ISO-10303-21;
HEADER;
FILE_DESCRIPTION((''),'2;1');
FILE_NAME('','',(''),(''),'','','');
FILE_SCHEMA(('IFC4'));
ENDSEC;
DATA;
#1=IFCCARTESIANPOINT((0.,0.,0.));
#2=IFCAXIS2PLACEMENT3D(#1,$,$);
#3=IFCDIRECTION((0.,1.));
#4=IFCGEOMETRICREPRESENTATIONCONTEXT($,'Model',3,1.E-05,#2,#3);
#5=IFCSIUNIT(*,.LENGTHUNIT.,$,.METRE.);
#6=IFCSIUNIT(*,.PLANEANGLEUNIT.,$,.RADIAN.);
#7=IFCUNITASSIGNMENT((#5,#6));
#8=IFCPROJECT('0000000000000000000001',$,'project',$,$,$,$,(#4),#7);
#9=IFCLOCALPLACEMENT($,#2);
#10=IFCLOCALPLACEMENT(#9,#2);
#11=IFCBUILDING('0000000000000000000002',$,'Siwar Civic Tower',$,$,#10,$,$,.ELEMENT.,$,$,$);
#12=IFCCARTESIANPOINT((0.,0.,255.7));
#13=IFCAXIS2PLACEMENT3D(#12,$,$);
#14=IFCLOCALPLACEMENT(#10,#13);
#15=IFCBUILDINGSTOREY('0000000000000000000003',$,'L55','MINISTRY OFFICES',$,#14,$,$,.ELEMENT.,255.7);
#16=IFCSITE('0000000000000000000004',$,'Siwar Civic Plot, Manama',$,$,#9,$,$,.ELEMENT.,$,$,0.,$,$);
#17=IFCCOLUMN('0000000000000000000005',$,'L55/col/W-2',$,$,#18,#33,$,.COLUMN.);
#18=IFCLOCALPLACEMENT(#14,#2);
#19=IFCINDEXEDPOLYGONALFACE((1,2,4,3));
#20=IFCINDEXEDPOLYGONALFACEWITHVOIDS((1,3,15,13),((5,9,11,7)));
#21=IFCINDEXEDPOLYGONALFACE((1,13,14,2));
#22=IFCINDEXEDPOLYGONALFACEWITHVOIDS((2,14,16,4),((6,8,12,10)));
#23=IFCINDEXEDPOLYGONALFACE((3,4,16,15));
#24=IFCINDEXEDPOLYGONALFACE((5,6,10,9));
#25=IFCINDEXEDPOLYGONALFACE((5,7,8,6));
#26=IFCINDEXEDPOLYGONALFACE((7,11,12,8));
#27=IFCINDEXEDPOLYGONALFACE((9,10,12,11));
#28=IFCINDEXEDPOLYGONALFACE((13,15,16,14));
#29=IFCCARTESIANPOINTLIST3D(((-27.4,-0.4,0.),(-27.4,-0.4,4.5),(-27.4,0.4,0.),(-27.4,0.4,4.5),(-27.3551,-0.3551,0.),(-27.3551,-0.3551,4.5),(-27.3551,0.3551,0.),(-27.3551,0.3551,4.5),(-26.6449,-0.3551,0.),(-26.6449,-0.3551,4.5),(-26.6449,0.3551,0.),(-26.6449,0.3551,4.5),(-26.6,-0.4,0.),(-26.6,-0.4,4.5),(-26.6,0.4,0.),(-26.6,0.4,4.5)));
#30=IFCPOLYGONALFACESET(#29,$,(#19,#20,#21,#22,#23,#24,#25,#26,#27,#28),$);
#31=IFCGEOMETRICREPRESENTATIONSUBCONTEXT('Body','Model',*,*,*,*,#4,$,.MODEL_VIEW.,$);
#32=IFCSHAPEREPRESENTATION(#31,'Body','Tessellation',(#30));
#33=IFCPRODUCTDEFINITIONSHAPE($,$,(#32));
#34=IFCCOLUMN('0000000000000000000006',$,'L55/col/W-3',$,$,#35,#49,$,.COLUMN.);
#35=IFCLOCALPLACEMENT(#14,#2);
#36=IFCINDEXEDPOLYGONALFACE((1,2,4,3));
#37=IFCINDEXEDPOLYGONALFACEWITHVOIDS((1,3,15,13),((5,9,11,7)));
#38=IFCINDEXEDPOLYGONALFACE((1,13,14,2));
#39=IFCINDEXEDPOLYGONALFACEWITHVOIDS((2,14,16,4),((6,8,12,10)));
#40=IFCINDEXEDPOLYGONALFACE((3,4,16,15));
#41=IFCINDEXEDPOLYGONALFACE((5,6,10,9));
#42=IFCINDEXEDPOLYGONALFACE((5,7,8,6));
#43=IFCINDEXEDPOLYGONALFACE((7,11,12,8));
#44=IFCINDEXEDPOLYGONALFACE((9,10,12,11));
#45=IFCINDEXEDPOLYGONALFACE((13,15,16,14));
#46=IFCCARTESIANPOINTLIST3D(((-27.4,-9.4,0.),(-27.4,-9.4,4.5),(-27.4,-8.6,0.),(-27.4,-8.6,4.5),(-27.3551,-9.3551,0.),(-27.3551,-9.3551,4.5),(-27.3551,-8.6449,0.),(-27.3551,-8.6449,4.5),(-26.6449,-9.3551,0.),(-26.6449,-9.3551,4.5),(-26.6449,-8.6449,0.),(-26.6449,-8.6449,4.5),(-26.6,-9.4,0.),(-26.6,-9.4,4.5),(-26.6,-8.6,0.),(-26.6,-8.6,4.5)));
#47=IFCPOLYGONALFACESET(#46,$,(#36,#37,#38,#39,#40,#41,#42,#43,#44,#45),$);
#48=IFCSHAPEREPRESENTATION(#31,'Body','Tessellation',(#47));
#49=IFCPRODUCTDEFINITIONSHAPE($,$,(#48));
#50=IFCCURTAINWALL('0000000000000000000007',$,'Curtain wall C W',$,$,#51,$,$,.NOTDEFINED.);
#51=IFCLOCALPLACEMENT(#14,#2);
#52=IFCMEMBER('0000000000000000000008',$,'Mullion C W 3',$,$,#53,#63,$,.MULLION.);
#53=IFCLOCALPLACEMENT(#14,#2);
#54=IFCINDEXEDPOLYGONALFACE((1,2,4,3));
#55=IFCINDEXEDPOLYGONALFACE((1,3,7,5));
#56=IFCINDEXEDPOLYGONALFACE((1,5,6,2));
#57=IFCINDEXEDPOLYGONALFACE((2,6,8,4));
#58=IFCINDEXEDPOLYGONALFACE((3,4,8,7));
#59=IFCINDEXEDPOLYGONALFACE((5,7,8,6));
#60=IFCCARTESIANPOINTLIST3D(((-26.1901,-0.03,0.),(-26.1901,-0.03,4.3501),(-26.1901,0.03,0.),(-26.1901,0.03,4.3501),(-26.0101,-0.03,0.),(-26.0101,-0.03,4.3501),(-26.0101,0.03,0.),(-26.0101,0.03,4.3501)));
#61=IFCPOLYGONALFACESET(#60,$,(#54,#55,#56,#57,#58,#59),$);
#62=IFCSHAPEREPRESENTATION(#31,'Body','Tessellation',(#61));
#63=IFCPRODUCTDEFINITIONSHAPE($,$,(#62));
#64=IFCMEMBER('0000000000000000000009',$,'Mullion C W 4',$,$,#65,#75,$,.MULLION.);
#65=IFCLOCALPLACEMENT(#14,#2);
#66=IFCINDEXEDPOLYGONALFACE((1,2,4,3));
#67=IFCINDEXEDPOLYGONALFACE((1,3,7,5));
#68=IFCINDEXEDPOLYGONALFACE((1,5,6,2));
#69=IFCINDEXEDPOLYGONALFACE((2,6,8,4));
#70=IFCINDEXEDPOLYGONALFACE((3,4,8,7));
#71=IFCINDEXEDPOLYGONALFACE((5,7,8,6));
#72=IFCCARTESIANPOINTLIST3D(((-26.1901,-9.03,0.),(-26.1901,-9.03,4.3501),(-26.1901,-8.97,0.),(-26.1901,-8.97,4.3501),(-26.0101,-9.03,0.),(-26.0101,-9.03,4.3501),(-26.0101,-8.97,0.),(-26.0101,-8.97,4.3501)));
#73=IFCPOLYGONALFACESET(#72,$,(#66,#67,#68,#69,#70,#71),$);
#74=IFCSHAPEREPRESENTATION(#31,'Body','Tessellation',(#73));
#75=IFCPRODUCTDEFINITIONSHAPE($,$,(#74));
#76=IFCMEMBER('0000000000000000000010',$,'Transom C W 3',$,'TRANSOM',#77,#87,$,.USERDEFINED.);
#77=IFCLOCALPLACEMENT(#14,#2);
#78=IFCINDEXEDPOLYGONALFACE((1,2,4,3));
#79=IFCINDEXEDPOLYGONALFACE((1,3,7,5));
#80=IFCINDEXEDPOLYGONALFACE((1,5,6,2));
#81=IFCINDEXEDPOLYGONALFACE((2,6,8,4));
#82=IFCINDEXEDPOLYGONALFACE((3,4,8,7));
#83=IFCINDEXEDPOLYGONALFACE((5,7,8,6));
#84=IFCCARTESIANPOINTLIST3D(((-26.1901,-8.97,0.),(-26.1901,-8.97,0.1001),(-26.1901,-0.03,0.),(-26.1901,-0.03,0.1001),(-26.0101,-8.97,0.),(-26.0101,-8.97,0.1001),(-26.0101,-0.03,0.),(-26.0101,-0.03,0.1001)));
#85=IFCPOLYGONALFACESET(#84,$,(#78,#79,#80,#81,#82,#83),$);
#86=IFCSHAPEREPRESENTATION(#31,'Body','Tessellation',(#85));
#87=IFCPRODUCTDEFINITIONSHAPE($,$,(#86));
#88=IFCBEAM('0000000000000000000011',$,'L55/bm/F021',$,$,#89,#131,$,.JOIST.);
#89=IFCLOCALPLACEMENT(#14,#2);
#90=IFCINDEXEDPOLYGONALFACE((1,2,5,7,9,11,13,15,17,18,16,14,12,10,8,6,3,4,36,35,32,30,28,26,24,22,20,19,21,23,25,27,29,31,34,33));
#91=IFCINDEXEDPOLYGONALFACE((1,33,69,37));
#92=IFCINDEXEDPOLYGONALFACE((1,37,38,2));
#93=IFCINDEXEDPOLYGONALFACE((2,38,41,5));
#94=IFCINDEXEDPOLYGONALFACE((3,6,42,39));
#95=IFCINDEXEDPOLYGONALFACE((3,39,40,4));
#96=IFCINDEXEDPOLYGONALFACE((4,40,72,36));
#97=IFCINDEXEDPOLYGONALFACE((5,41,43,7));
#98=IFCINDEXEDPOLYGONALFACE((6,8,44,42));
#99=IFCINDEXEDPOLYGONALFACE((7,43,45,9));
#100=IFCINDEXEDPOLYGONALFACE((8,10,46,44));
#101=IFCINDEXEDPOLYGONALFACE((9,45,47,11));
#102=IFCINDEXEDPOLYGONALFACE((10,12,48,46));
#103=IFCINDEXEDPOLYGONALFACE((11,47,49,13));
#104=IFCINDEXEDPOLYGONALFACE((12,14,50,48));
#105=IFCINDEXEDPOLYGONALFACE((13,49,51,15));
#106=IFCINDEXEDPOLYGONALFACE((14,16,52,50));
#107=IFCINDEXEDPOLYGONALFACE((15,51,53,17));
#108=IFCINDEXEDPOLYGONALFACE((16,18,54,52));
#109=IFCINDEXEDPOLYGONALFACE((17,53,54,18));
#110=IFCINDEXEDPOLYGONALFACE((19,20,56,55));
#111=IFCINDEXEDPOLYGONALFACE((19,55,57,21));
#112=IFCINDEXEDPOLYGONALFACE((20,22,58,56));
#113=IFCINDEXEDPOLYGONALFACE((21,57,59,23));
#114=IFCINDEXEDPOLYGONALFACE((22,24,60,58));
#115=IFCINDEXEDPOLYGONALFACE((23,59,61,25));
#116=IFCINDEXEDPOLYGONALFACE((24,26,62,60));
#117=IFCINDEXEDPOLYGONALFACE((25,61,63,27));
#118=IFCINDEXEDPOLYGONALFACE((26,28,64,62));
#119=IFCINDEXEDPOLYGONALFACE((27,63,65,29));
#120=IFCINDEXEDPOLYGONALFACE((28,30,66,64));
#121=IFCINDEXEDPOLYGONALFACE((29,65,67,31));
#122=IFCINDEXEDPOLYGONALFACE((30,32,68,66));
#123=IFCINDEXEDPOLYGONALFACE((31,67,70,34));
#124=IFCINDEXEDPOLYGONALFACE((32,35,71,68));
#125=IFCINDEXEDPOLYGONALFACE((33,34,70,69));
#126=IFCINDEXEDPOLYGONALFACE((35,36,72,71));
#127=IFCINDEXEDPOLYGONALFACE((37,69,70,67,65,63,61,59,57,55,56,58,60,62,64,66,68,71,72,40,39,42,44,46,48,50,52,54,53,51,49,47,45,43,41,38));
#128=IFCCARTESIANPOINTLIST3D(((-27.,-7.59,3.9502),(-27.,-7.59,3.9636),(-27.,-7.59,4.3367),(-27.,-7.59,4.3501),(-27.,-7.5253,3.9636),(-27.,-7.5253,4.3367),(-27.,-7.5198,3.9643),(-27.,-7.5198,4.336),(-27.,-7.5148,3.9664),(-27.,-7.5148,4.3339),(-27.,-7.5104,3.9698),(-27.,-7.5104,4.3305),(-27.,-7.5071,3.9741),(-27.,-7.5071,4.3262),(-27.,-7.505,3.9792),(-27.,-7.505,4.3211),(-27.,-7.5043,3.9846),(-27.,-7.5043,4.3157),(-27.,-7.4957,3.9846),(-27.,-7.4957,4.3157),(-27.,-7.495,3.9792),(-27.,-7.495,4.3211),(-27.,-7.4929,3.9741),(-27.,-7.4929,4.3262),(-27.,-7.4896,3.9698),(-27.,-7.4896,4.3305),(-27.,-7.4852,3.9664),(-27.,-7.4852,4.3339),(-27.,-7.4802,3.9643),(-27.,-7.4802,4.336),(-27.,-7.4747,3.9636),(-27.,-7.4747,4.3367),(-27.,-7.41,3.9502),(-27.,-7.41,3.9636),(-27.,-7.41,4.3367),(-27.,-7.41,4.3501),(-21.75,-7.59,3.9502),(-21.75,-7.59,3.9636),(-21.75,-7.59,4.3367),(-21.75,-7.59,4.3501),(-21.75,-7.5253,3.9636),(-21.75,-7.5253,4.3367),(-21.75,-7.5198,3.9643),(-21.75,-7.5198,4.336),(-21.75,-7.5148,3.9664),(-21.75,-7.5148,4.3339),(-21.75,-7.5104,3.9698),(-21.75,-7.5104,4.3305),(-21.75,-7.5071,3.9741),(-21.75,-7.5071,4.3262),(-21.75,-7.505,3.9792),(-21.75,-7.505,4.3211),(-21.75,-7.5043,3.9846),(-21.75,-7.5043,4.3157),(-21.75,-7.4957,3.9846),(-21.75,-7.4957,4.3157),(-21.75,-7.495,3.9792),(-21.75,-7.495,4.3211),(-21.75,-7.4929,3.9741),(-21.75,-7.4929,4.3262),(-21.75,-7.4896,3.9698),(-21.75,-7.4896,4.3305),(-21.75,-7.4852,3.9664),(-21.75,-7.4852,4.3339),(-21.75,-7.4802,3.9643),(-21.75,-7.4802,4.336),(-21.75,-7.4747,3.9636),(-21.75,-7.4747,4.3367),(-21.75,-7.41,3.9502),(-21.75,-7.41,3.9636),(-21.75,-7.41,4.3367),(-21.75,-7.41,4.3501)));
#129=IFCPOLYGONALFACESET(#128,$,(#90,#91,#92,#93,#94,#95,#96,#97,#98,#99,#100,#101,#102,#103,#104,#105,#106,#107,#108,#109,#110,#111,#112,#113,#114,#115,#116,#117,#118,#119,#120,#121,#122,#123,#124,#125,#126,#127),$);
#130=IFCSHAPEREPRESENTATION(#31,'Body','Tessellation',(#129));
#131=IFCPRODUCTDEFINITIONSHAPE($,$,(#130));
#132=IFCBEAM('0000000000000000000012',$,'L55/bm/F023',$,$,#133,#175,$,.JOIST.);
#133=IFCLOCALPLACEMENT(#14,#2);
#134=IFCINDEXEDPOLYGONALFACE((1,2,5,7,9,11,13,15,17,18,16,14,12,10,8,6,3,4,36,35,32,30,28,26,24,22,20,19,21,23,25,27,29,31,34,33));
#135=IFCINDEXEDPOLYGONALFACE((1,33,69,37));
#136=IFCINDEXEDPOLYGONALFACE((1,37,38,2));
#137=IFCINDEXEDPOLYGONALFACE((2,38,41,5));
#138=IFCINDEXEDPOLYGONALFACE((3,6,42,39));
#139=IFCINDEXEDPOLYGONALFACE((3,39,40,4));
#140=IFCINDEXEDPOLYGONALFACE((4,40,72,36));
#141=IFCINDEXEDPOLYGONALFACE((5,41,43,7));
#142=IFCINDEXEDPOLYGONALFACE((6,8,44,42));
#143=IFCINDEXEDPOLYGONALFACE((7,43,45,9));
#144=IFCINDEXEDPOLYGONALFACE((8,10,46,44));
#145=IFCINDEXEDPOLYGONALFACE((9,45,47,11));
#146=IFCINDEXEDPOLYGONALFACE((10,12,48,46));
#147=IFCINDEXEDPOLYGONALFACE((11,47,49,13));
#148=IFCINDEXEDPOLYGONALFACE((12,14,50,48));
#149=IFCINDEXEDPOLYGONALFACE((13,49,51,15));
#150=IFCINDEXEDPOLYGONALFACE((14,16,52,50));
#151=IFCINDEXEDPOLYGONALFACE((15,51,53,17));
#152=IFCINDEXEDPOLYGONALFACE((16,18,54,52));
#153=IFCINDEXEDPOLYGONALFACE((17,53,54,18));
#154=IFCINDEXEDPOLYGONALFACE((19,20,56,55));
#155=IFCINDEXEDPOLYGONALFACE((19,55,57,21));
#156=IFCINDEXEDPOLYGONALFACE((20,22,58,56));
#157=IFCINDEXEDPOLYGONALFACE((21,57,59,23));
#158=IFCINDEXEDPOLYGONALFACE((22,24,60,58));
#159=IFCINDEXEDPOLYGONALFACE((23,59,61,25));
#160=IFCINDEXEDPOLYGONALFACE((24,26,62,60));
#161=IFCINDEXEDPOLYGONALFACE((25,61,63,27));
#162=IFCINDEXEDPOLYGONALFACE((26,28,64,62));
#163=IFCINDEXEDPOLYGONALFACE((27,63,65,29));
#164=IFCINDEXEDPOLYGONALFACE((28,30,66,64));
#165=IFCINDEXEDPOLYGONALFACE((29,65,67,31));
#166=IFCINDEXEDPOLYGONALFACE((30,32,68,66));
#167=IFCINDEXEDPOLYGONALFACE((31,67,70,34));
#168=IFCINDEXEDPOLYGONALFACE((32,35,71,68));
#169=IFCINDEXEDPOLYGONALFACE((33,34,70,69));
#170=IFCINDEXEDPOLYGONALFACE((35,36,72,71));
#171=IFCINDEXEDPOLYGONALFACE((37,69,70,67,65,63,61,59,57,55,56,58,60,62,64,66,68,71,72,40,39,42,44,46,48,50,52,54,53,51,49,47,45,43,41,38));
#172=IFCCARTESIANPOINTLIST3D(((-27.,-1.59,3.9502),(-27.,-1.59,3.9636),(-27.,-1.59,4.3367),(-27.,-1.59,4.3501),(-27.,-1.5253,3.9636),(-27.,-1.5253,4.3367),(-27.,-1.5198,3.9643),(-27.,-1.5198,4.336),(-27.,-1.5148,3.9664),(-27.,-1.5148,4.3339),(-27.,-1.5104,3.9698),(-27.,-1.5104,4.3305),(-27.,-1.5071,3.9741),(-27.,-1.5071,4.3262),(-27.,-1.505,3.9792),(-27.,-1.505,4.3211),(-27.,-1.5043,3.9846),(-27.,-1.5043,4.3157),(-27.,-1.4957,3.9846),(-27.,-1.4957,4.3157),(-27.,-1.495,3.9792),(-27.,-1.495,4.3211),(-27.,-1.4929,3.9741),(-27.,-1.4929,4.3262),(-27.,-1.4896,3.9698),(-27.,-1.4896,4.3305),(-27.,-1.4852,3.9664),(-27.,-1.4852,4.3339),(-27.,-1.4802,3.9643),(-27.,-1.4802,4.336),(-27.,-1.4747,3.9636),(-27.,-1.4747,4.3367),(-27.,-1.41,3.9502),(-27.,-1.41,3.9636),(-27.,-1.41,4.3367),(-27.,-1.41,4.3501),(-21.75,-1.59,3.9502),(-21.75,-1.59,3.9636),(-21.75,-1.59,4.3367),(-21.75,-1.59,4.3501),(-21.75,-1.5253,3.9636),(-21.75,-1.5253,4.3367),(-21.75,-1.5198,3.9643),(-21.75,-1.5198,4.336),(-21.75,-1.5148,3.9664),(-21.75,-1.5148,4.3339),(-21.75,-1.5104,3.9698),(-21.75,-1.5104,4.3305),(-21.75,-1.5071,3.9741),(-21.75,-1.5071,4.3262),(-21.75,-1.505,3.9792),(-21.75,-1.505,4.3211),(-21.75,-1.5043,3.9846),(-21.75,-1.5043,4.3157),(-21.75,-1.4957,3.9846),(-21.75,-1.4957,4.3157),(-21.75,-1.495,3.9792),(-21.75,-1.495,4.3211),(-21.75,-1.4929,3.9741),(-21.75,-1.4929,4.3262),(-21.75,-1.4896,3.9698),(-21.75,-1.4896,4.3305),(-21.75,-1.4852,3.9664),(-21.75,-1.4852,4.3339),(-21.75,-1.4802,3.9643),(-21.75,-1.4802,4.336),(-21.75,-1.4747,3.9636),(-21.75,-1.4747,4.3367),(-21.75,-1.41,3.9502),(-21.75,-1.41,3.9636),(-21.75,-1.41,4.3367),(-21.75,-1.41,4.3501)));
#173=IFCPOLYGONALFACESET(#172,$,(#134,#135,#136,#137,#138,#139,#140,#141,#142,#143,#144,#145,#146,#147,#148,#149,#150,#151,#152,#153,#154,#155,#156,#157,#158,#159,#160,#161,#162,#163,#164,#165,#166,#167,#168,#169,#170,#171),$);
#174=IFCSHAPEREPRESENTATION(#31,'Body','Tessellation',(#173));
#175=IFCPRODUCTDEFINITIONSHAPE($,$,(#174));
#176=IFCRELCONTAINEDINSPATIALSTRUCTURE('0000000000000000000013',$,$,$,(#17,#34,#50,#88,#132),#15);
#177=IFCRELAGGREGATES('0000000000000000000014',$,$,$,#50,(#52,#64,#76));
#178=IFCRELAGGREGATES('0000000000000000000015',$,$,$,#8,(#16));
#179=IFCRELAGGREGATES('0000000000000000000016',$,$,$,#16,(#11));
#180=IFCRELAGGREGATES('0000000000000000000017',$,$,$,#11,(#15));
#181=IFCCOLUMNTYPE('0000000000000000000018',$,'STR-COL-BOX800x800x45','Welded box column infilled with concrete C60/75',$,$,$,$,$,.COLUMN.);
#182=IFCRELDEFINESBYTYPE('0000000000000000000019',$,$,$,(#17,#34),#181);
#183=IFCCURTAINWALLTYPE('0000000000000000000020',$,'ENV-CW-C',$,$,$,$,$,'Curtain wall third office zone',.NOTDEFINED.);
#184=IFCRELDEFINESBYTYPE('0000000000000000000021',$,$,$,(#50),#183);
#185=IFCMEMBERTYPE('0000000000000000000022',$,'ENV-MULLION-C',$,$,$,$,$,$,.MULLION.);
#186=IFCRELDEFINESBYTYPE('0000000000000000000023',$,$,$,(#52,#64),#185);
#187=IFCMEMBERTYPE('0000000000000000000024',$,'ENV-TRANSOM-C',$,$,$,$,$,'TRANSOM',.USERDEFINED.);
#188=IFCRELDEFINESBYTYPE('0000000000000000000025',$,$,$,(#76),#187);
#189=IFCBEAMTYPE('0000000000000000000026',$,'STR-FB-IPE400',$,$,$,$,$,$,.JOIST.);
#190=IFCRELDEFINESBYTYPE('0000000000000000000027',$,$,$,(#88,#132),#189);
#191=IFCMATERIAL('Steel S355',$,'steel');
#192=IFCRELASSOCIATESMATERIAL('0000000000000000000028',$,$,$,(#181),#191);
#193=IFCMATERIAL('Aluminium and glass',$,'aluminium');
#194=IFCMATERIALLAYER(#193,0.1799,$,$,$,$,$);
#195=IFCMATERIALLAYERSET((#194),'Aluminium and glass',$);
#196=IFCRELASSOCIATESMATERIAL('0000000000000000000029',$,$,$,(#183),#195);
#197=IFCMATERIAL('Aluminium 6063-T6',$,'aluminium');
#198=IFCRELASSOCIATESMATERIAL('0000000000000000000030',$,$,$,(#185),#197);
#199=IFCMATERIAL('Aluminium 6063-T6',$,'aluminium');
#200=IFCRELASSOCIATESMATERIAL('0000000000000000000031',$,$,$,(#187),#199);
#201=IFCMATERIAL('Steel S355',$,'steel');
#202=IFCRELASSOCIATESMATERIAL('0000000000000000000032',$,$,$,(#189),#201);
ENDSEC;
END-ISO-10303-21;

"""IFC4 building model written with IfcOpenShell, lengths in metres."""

from ifc_helpers import new_model, si_unit, direction, frame, origin, origin_2d, place, context, subcontext, project, spatial, rectangle, hollow_rectangle, i_section, extrude, material, layer, layer_set, material_profile, profile_set, type_object, element, aggregate, save


model = new_model("IFC4")

# Units and contexts
model_context = context("Model", 3, precision=1e-05, world=origin(), true_north=direction((0.0, 1.0)))
body_context = subcontext(model_context, "Body", "Model", "MODEL_VIEW")
ifc_project = project(units=[si_unit("LENGTHUNIT", "METRE"), si_unit("PLANEANGLEUNIT", "RADIAN")], contexts=[model_context])

# Site, building, storey
site_placement = place(None, origin())
site = spatial("IfcSite", under=ifc_project, at=site_placement, Name="Siwar Civic Plot, Manama", CompositionType="ELEMENT", RefElevation=0.0)
building_placement = place(site_placement, origin())
building = spatial("IfcBuilding", under=site, at=building_placement, Name="Siwar Civic Tower", CompositionType="ELEMENT")
storey_placement = place(building_placement, frame((0.0, 0.0, 255.7)))
storey = spatial("IfcBuildingStorey", under=building, at=storey_placement, Name="L55", Description="MINISTRY OFFICES", CompositionType="ELEMENT", Elevation=255.7)

# Columns
ifc_material_1 = material(Name="Steel S355", Category="steel")
ifc_material_profile_1 = material_profile(ifc_material_1, hollow_rectangle(XDim=0.8, YDim=0.8, WallThickness=0.0449, at=origin_2d()), Name="BOX800x800x45")
ifc_profile_set_1 = profile_set([ifc_material_profile_1], Name="Steel S355")
column_type = type_object("IfcColumnType", Name="STR-COL-BOX800x800x45", Description="Welded box column infilled with concrete C60/75", PredefinedType="COLUMN", material=ifc_profile_set_1)
for number, where, z_axis, x_axis, name in (
    (1, (-27.0, 0.0, 0.0), (0.0, 0.0, 1.0), (1.0, 0.0, 0.0), "L55/col/W-2"),
    (2, (-27.0, -9.0, 0.0), (0.0, 0.0, 1.0), (1.0, 0.0, 0.0), "L55/col/W-3"),
):
    element("IfcColumn", number, at=place(storey_placement, frame(where, z_axis=z_axis, x_axis=x_axis)), inside=storey, type_object=column_type, Name=name, PredefinedType="COLUMN", context=body_context, shape_type="SweptSolid", body=[
        extrude(hollow_rectangle(XDim=0.8, YDim=0.8, WallThickness=0.0449, at=origin_2d()), origin(), (0.0, 0.0, 1.0), 4.5),
    ])

# Curtain wall, members
ifc_material_2 = material(Name="Aluminium and glass", Category="aluminium")
ifc_layer_1 = layer(ifc_material_2, 0.1799)
ifc_layer_set_1 = layer_set([ifc_layer_1], Name="Aluminium and glass")
curtain_wall_type = type_object("IfcCurtainWallType", Name="ENV-CW-C", ElementType="Curtain wall third office zone", PredefinedType="NOTDEFINED", material=ifc_layer_set_1)
curtain_wall_placement = place(storey_placement, origin())
curtain_wall = element("IfcCurtainWall", 3, at=curtain_wall_placement, inside=storey, type_object=curtain_wall_type, Name="Curtain wall C W", PredefinedType="NOTDEFINED")
ifc_material_3 = material(Name="Aluminium 6063-T6", Category="aluminium")
ifc_material_profile_2 = material_profile(ifc_material_3, rectangle(XDim=0.1799, YDim=0.0601, at=origin_2d()), Name="AL 180x60")
ifc_profile_set_2 = profile_set([ifc_material_profile_2], Name="Aluminium 6063-T6")
member_type_1 = type_object("IfcMemberType", Name="ENV-MULLION-C", PredefinedType="MULLION", material=ifc_profile_set_2)
member_1_placement = place(storey_placement, frame((-26.1001, 0.0, 0.0), z_axis=(0.0, 0.0, 1.0), x_axis=(1.0, 0.0, 0.0)))
member_1 = element("IfcMember", 4, at=member_1_placement, type_object=member_type_1, Name="Mullion C W 3", PredefinedType="MULLION", context=body_context, shape_type="SweptSolid", body=[
    extrude(rectangle(XDim=0.1799, YDim=0.0601, at=origin_2d()), origin(), (0.0, 0.0, 1.0), 4.3501),
])
member_2_placement = place(storey_placement, frame((-26.1001, -9.0, 0.0), z_axis=(0.0, 0.0, 1.0), x_axis=(1.0, 0.0, 0.0)))
member_2 = element("IfcMember", 5, at=member_2_placement, type_object=member_type_1, Name="Mullion C W 4", PredefinedType="MULLION", context=body_context, shape_type="SweptSolid", body=[
    extrude(rectangle(XDim=0.1799, YDim=0.0601, at=origin_2d()), origin(), (0.0, 0.0, 1.0), 4.3501),
])
ifc_material_4 = material(Name="Aluminium 6063-T6", Category="aluminium")
ifc_material_profile_3 = material_profile(ifc_material_4, rectangle(XDim=0.1799, YDim=0.1001, at=origin_2d()), Name="AL 180x100")
ifc_profile_set_3 = profile_set([ifc_material_profile_3], Name="Aluminium 6063-T6")
member_type_2 = type_object("IfcMemberType", Name="ENV-TRANSOM-C", ElementType="TRANSOM", PredefinedType="USERDEFINED", material=ifc_profile_set_3)
member_3_placement = place(storey_placement, frame((-26.1001, -0.03, 0.05), z_axis=(0.0, -1.0, 0.0), x_axis=(1.0, 0.0, 0.0)))
member_3 = element("IfcMember", 6, at=member_3_placement, type_object=member_type_2, Name="Transom C W 3", ObjectType="TRANSOM", PredefinedType="USERDEFINED", context=body_context, shape_type="SweptSolid", body=[
    extrude(rectangle(XDim=0.1799, YDim=0.1001, at=origin_2d()), origin(), (0.0, 0.0, 1.0), 8.9399),
])

# Beams
ifc_material_5 = material(Name="Steel S355", Category="steel")
ifc_material_profile_4 = material_profile(ifc_material_5, i_section(OverallWidth=0.1799, OverallDepth=0.3999, WebThickness=0.0085, FlangeThickness=0.0134, FilletRadius=0.021, at=origin_2d()), Name="IPE400")
ifc_profile_set_4 = profile_set([ifc_material_profile_4], Name="Steel S355")
beam_type_1 = type_object("IfcBeamType", Name="STR-FB-IPE400", PredefinedType="JOIST", material=ifc_profile_set_4)
for number, where, z_axis, x_axis, name in (
    (7, (-27.0, -7.5, 4.1501), (1.0, 0.0, 0.0), (0.0, 1.0, 0.0), "L55/bm/F021"),
    (8, (-27.0, -1.5, 4.1501), (1.0, 0.0, 0.0), (0.0, 1.0, 0.0), "L55/bm/F023"),
):
    element("IfcBeam", number, at=place(storey_placement, frame(where, z_axis=z_axis, x_axis=x_axis)), inside=storey, type_object=beam_type_1, Name=name, PredefinedType="JOIST", context=body_context, shape_type="SweptSolid", body=[
        extrude(i_section(OverallWidth=0.1799, OverallDepth=0.3999, WebThickness=0.0085, FlangeThickness=0.0134, FilletRadius=0.021, at=origin_2d()), origin(), (0.0, 0.0, 1.0), 5.25),
    ])

aggregate(curtain_wall, [member_1, member_2, member_3])

save(model, "model.ifc")
